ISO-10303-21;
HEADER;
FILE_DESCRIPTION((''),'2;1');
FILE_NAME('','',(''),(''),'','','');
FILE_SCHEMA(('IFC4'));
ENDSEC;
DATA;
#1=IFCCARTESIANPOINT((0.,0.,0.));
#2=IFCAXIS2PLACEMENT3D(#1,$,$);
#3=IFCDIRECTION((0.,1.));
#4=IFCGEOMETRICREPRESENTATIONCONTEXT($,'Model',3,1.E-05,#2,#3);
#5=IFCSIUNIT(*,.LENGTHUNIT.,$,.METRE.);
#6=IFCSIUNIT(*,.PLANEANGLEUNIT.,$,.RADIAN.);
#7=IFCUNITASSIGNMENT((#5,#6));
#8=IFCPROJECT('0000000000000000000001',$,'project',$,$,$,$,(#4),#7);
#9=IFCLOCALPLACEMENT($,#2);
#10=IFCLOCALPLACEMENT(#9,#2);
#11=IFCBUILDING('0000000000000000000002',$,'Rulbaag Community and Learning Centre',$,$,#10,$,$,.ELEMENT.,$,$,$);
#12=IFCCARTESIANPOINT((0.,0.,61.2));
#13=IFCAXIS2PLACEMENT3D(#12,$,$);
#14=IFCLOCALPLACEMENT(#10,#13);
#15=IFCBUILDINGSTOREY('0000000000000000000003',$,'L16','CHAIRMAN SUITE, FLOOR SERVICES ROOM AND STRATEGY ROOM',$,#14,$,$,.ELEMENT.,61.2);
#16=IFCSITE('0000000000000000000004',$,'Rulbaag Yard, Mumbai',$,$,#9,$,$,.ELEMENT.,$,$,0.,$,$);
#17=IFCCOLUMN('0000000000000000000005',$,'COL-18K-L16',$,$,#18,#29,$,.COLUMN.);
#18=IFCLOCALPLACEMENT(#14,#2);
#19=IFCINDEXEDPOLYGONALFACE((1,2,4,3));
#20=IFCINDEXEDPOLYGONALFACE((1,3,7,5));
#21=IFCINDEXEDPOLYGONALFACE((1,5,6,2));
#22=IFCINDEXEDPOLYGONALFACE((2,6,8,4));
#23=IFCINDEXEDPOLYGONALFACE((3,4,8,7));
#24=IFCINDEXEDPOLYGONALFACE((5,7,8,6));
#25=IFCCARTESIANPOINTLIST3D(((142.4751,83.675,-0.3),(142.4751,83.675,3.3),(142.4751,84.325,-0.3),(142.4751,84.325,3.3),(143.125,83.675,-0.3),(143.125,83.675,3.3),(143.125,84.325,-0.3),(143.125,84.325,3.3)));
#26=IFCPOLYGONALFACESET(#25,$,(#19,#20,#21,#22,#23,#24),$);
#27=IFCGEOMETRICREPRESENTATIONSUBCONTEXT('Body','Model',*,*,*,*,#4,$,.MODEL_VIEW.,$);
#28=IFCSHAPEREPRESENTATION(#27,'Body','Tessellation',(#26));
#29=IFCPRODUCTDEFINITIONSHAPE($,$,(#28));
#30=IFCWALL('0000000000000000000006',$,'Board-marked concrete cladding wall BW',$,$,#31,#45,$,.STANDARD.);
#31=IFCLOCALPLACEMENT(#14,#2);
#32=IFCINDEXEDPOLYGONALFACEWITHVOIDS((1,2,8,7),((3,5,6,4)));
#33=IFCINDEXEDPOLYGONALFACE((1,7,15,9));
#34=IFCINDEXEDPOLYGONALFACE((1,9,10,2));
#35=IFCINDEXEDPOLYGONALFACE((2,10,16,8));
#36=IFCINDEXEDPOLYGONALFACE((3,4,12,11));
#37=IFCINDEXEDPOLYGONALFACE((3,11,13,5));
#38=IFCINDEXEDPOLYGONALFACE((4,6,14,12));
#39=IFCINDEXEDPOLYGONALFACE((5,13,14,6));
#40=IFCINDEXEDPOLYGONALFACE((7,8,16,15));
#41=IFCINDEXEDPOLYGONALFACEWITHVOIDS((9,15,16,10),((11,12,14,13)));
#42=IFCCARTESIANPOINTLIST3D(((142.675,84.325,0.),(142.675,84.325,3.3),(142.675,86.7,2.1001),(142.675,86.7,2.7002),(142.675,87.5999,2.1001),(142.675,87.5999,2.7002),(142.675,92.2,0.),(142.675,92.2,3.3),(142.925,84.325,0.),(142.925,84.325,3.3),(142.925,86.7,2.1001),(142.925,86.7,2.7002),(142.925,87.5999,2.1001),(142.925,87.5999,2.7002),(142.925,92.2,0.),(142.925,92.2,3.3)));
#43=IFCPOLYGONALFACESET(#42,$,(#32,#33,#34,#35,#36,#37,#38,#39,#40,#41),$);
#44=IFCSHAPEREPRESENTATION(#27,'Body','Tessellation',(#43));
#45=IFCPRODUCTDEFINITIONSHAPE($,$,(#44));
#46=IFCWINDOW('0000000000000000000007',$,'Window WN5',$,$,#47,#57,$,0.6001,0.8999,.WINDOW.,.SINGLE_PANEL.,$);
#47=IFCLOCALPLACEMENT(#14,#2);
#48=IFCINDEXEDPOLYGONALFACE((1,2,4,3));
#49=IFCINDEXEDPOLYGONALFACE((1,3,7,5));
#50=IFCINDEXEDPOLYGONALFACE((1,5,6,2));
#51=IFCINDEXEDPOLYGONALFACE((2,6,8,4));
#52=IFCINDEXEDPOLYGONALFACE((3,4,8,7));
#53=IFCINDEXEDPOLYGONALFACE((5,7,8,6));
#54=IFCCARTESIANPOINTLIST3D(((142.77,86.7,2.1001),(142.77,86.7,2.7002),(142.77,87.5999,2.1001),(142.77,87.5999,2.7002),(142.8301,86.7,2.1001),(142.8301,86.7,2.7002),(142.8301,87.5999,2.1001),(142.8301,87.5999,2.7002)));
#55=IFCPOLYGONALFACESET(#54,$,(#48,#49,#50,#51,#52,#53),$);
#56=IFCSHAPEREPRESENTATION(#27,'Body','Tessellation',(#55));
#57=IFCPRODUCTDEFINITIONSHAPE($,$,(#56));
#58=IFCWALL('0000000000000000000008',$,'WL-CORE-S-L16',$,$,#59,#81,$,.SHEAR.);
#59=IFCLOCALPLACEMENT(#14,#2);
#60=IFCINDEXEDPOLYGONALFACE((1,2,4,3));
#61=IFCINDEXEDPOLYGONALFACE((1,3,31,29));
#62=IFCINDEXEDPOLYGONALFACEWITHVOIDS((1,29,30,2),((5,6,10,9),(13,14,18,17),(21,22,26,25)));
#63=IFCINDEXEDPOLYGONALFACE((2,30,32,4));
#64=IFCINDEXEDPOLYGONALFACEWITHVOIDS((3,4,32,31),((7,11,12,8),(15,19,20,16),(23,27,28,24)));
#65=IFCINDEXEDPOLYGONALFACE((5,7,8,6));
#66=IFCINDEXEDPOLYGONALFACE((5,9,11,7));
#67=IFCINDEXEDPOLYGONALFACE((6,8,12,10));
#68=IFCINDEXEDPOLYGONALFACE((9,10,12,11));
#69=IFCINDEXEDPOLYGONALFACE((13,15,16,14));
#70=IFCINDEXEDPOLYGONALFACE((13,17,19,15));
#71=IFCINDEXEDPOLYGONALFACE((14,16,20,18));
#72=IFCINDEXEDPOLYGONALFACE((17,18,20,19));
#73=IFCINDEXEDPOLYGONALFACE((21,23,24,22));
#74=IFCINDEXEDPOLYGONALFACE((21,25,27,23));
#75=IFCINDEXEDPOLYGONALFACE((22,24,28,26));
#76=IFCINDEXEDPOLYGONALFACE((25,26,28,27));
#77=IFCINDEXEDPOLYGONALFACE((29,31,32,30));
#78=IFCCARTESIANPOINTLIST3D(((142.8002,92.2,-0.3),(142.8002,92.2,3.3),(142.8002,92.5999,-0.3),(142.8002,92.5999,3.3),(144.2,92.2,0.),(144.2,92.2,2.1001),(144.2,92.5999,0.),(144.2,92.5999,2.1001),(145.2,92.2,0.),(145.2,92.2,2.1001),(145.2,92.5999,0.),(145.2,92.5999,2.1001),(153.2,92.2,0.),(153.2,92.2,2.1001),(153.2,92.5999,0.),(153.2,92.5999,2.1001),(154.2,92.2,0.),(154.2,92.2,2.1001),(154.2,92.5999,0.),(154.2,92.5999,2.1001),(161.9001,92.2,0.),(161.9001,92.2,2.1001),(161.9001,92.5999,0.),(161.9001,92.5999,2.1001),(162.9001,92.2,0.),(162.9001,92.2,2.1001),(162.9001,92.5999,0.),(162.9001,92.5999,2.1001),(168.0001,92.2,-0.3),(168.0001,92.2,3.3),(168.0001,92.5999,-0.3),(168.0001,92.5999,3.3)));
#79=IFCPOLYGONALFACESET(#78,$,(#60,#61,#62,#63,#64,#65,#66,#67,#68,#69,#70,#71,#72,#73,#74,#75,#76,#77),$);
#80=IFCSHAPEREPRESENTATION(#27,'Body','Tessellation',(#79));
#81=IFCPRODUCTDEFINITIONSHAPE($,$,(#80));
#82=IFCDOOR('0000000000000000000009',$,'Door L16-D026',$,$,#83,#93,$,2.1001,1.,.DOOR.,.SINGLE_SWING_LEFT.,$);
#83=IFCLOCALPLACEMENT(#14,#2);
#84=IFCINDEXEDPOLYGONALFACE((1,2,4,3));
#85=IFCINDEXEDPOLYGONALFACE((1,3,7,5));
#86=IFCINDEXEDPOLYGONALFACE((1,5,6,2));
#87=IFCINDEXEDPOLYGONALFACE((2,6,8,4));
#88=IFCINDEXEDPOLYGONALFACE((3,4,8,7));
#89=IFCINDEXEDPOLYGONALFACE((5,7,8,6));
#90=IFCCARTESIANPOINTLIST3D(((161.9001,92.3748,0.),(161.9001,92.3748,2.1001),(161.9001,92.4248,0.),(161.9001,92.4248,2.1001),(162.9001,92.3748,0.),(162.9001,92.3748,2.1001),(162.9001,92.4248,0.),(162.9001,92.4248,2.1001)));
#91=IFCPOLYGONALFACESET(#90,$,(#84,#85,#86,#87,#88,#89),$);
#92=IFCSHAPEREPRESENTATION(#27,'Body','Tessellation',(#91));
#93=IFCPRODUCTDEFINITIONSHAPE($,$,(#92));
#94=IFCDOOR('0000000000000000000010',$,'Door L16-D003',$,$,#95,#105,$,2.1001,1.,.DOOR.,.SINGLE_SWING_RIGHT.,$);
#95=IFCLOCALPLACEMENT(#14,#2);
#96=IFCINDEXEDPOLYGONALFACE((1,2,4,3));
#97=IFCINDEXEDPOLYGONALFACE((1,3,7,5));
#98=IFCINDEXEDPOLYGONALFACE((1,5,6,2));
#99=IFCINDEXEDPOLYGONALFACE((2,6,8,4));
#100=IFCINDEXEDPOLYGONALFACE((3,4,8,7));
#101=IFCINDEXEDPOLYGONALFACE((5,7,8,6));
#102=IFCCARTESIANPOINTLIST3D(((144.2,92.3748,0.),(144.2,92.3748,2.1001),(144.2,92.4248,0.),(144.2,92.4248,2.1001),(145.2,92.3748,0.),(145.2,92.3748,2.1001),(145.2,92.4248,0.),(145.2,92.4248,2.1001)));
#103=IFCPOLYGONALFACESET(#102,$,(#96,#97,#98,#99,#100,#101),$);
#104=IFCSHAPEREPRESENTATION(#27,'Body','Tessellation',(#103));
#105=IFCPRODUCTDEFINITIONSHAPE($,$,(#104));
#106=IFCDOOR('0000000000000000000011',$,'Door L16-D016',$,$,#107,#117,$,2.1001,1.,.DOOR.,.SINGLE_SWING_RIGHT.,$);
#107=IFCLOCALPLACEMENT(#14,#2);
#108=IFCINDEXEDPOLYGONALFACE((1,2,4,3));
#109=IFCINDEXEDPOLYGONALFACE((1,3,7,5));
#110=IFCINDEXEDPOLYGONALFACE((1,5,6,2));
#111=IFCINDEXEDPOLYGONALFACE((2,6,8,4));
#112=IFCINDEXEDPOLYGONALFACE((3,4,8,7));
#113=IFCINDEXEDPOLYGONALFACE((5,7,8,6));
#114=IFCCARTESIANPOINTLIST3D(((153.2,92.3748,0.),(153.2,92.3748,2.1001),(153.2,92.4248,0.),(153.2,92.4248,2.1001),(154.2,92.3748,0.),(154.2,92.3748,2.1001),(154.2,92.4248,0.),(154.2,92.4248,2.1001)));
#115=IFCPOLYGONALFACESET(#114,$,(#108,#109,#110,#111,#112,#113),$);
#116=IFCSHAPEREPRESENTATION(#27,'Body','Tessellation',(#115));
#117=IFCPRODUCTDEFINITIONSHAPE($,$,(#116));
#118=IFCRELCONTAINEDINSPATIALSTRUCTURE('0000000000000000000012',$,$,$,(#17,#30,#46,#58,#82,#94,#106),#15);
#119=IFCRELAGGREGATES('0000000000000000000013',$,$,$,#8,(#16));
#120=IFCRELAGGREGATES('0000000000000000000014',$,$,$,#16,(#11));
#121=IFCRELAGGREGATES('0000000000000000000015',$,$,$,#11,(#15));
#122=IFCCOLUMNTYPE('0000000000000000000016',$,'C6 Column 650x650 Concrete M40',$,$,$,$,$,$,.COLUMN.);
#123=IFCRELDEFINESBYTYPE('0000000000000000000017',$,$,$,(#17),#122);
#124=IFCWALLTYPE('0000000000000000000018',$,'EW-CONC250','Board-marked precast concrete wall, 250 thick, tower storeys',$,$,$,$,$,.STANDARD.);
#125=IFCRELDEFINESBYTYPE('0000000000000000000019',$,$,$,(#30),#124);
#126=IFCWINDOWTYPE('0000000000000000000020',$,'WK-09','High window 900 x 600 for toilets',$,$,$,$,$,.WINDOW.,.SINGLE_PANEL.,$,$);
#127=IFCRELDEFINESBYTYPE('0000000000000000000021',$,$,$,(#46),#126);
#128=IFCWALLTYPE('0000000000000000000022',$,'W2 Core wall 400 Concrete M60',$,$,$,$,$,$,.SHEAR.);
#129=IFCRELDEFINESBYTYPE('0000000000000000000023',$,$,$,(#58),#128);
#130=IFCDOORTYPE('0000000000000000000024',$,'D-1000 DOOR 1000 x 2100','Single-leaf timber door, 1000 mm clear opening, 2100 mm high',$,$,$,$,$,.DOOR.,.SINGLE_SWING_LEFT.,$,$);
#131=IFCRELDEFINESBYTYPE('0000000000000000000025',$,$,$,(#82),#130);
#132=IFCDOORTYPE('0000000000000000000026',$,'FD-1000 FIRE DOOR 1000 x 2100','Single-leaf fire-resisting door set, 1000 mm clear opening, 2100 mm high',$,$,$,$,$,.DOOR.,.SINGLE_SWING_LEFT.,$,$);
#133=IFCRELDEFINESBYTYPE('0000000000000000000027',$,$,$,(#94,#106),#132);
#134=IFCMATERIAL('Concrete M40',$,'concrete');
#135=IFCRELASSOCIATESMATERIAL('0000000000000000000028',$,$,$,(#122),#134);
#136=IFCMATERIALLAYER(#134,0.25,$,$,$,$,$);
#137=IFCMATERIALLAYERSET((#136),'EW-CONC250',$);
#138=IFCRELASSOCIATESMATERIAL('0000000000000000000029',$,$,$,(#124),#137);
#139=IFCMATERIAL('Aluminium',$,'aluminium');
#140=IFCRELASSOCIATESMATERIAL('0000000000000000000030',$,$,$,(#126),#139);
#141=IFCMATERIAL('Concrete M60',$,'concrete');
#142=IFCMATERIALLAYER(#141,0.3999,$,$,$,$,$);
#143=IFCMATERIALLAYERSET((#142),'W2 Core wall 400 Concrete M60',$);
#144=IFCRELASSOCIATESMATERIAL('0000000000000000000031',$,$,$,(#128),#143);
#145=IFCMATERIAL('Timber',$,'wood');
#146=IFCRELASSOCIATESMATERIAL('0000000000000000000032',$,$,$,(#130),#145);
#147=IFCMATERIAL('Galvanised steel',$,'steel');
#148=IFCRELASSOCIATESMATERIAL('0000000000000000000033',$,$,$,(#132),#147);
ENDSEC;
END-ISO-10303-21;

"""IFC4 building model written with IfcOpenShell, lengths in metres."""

from ifc_helpers import new_model, si_unit, direction, frame, frame_2d, origin, origin_2d, place, context, subcontext, project, spatial, rectangle, extrude, material, layer, layer_set, material_profile, profile_set, type_object, element, fill, save


model = new_model("IFC4")

# Units and contexts
model_context = context("Model", 3, precision=1e-05, world=origin(), true_north=direction((0.0, 1.0)))
body_context = subcontext(model_context, "Body", "Model", "MODEL_VIEW")
ifc_project = project(units=[si_unit("LENGTHUNIT", "METRE"), si_unit("PLANEANGLEUNIT", "RADIAN")], contexts=[model_context])

# Site, building, storey
site_placement = place(None, origin())
site = spatial("IfcSite", under=ifc_project, at=site_placement, Name="Rulbaag Yard, Mumbai", CompositionType="ELEMENT", RefElevation=0.0)
building_placement = place(site_placement, origin())
building = spatial("IfcBuilding", under=site, at=building_placement, Name="Rulbaag Community and Learning Centre", CompositionType="ELEMENT")
storey_placement = place(building_placement, frame((0.0, 0.0, 61.2)))
storey = spatial("IfcBuildingStorey", under=building, at=storey_placement, Name="L16", Description="CHAIRMAN SUITE, FLOOR SERVICES ROOM AND STRATEGY ROOM", CompositionType="ELEMENT", Elevation=61.2)

# Column
ifc_material_1 = material(Name="Concrete M40", Category="concrete")
ifc_material_profile = material_profile(ifc_material_1, rectangle(XDim=0.6499, YDim=0.6499, at=origin_2d()), Name="RC650x650")
ifc_profile_set = profile_set([ifc_material_profile], Name="Concrete M40")
column_type = type_object("IfcColumnType", Name="C6 Column 650x650 Concrete M40", PredefinedType="COLUMN", material=ifc_profile_set)
column_placement = place(storey_placement, frame((142.8, 84.0, -0.3), z_axis=(0.0, 0.0, 1.0), x_axis=(1.0, 0.0, 0.0)))
element("IfcColumn", 1, at=column_placement, inside=storey, type_object=column_type, Name="COL-18K-L16", PredefinedType="COLUMN", context=body_context, shape_type="SweptSolid", body=[
    extrude(rectangle(XDim=0.6499, YDim=0.6499, at=origin_2d()), origin(), (0.0, 0.0, 1.0), 3.6001),
])

# Wall, opening, window
ifc_layer_1 = layer(ifc_material_1, 0.25)
ifc_layer_set_1 = layer_set([ifc_layer_1], Name="EW-CONC250")
wall_type_1 = type_object("IfcWallType", Name="EW-CONC250", Description="Board-marked precast concrete wall, 250 thick, tower storeys", PredefinedType="STANDARD", material=ifc_layer_set_1)
wall_1_placement = place(storey_placement, frame((142.8, 84.325, 0.0), z_axis=(0.0, 0.0, 1.0), x_axis=(0.0, 1.0, 0.0)))
wall_1 = element("IfcWall", 2, at=wall_1_placement, inside=storey, type_object=wall_type_1, Name="Board-marked concrete cladding wall BW", PredefinedType="STANDARD", context=body_context, shape_type="SweptSolid", body=[
    extrude(rectangle(XDim=7.875, YDim=0.25, at=frame_2d((3.9375, 0.0))), origin(), (0.0, 0.0, 1.0), 3.3),
])
opening_1_placement = place(wall_1_placement, frame((2.375, 0.0, 2.1001)))
opening_1 = element("IfcOpeningElement", 3, at=opening_1_placement, cuts=wall_1, PredefinedType="OPENING", context=body_context, shape_type="SweptSolid", body=[
    extrude(rectangle(XDim=0.8999, YDim=0.6001, at=frame_2d((0.45, 0.3))), frame((0.0, 0.135, 0.0), z_axis=(0.0, -1.0, 0.0), x_axis=(1.0, 0.0, 0.0)), (0.0, 0.0, 1.0), 0.27),
])
ifc_material_2 = material(Name="Aluminium", Category="aluminium")
window_type = type_object("IfcWindowType", Name="WK-09", Description="High window 900 x 600 for toilets", PartitioningType="SINGLE_PANEL", PredefinedType="WINDOW", material=ifc_material_2)
window_placement = place(opening_1_placement, origin())
window = element("IfcWindow", 4, at=window_placement, inside=storey, type_object=window_type, Name="Window WN5", OverallHeight=0.6001, OverallWidth=0.8999, PartitioningType="SINGLE_PANEL", PredefinedType="WINDOW", context=body_context, shape_type="SweptSolid", body=[
    extrude(rectangle(XDim=0.8999, YDim=0.6001, at=frame_2d((0.45, 0.3))), frame((0.0, 0.03, 0.0), z_axis=(0.0, -1.0, 0.0), x_axis=(1.0, 0.0, 0.0)), (0.0, 0.0, 1.0), 0.0601),
])
fill(opening_1, window)

# Wall, openings, doors
ifc_material_3 = material(Name="Concrete M60", Category="concrete")
ifc_layer_2 = layer(ifc_material_3, 0.3999)
ifc_layer_set_2 = layer_set([ifc_layer_2], Name="W2 Core wall 400 Concrete M60")
wall_type_2 = type_object("IfcWallType", Name="W2 Core wall 400 Concrete M60", PredefinedType="SHEAR", material=ifc_layer_set_2)
wall_2_placement = place(storey_placement, frame((142.8, 92.3999, -0.3), z_axis=(0.0, 0.0, 1.0), x_axis=(1.0, 0.0, 0.0)))
wall_2 = element("IfcWall", 5, at=wall_2_placement, inside=storey, type_object=wall_type_2, Name="WL-CORE-S-L16", PredefinedType="SHEAR", context=body_context, shape_type="SweptSolid", body=[
    extrude(rectangle(XDim=25.2, YDim=0.3999, at=frame_2d((12.6001, 0.0))), origin(), (0.0, 0.0, 1.0), 3.6001),
])
opening_2_placement = place(wall_2_placement, frame((1.3999, 0.0, 0.3)))
opening_2 = element("IfcOpeningElement", 6, at=opening_2_placement, cuts=wall_2, PredefinedType="OPENING", context=body_context, shape_type="SweptSolid", body=[
    extrude(rectangle(XDim=1.0, YDim=2.1001, at=frame_2d((0.5, 1.05))), frame((0.0, 0.21, 0.0), z_axis=(0.0, -1.0, 0.0), x_axis=(1.0, 0.0, 0.0)), (0.0, 0.0, 1.0), 0.4199),
])
opening_3_placement = place(wall_2_placement, frame((19.1001, 0.0, 0.3)))
opening_3 = element("IfcOpeningElement", 7, at=opening_3_placement, cuts=wall_2, PredefinedType="OPENING", context=body_context, shape_type="SweptSolid", body=[
    extrude(rectangle(XDim=1.0, YDim=2.1001, at=frame_2d((0.5, 1.05))), frame((0.0, 0.21, 0.0), z_axis=(0.0, -1.0, 0.0), x_axis=(1.0, 0.0, 0.0)), (0.0, 0.0, 1.0), 0.4199),
])
opening_4_placement = place(wall_2_placement, frame((10.3999, 0.0, 0.3)))
opening_4 = element("IfcOpeningElement", 8, at=opening_4_placement, cuts=wall_2, PredefinedType="OPENING", context=body_context, shape_type="SweptSolid", body=[
    extrude(rectangle(XDim=1.0, YDim=2.1001, at=frame_2d((0.5, 1.05))), frame((0.0, 0.21, 0.0), z_axis=(0.0, -1.0, 0.0), x_axis=(1.0, 0.0, 0.0)), (0.0, 0.0, 1.0), 0.4199),
])
ifc_material_4 = material(Name="Timber", Category="wood")
door_type_1 = type_object("IfcDoorType", Name="D-1000 DOOR 1000 x 2100", Description="Single-leaf timber door, 1000 mm clear opening, 2100 mm high", OperationType="SINGLE_SWING_LEFT", PredefinedType="DOOR", material=ifc_material_4)
door_1_placement = place(opening_3_placement, origin())
door_1 = element("IfcDoor", 9, at=door_1_placement, inside=storey, type_object=door_type_1, Name="Door L16-D026", OperationType="SINGLE_SWING_LEFT", OverallHeight=2.1001, OverallWidth=1.0, PredefinedType="DOOR", context=body_context, shape_type="SweptSolid", body=[
    extrude(rectangle(XDim=1.0, YDim=2.1001, at=frame_2d((0.5, 1.05))), frame((0.0, 0.0249, 0.0), z_axis=(0.0, -1.0, 0.0), x_axis=(1.0, 0.0, 0.0)), (0.0, 0.0, 1.0), 0.05),
])
fill(opening_3, door_1)
ifc_material_5 = material(Name="Galvanised steel", Category="steel")
door_type_2 = type_object("IfcDoorType", Name="FD-1000 FIRE DOOR 1000 x 2100", Description="Single-leaf fire-resisting door set, 1000 mm clear opening, 2100 mm high", OperationType="SINGLE_SWING_LEFT", PredefinedType="DOOR", material=ifc_material_5)
door_2_placement = place(opening_2_placement, origin())
door_2 = element("IfcDoor", 10, at=door_2_placement, inside=storey, type_object=door_type_2, Name="Door L16-D003", OperationType="SINGLE_SWING_RIGHT", OverallHeight=2.1001, OverallWidth=1.0, PredefinedType="DOOR", context=body_context, shape_type="SweptSolid", body=[
    extrude(rectangle(XDim=1.0, YDim=2.1001, at=frame_2d((0.5, 1.05))), frame((0.0, 0.0249, 0.0), z_axis=(0.0, -1.0, 0.0), x_axis=(1.0, 0.0, 0.0)), (0.0, 0.0, 1.0), 0.05),
])
fill(opening_2, door_2)
door_3_placement = place(opening_4_placement, origin())
door_3 = element("IfcDoor", 11, at=door_3_placement, inside=storey, type_object=door_type_2, Name="Door L16-D016", OperationType="SINGLE_SWING_RIGHT", OverallHeight=2.1001, OverallWidth=1.0, PredefinedType="DOOR", context=body_context, shape_type="SweptSolid", body=[
    extrude(rectangle(XDim=1.0, YDim=2.1001, at=frame_2d((0.5, 1.05))), frame((0.0, 0.0249, 0.0), z_axis=(0.0, -1.0, 0.0), x_axis=(1.0, 0.0, 0.0)), (0.0, 0.0, 1.0), 0.05),
])
fill(opening_4, door_3)

save(model, "model.ifc")
